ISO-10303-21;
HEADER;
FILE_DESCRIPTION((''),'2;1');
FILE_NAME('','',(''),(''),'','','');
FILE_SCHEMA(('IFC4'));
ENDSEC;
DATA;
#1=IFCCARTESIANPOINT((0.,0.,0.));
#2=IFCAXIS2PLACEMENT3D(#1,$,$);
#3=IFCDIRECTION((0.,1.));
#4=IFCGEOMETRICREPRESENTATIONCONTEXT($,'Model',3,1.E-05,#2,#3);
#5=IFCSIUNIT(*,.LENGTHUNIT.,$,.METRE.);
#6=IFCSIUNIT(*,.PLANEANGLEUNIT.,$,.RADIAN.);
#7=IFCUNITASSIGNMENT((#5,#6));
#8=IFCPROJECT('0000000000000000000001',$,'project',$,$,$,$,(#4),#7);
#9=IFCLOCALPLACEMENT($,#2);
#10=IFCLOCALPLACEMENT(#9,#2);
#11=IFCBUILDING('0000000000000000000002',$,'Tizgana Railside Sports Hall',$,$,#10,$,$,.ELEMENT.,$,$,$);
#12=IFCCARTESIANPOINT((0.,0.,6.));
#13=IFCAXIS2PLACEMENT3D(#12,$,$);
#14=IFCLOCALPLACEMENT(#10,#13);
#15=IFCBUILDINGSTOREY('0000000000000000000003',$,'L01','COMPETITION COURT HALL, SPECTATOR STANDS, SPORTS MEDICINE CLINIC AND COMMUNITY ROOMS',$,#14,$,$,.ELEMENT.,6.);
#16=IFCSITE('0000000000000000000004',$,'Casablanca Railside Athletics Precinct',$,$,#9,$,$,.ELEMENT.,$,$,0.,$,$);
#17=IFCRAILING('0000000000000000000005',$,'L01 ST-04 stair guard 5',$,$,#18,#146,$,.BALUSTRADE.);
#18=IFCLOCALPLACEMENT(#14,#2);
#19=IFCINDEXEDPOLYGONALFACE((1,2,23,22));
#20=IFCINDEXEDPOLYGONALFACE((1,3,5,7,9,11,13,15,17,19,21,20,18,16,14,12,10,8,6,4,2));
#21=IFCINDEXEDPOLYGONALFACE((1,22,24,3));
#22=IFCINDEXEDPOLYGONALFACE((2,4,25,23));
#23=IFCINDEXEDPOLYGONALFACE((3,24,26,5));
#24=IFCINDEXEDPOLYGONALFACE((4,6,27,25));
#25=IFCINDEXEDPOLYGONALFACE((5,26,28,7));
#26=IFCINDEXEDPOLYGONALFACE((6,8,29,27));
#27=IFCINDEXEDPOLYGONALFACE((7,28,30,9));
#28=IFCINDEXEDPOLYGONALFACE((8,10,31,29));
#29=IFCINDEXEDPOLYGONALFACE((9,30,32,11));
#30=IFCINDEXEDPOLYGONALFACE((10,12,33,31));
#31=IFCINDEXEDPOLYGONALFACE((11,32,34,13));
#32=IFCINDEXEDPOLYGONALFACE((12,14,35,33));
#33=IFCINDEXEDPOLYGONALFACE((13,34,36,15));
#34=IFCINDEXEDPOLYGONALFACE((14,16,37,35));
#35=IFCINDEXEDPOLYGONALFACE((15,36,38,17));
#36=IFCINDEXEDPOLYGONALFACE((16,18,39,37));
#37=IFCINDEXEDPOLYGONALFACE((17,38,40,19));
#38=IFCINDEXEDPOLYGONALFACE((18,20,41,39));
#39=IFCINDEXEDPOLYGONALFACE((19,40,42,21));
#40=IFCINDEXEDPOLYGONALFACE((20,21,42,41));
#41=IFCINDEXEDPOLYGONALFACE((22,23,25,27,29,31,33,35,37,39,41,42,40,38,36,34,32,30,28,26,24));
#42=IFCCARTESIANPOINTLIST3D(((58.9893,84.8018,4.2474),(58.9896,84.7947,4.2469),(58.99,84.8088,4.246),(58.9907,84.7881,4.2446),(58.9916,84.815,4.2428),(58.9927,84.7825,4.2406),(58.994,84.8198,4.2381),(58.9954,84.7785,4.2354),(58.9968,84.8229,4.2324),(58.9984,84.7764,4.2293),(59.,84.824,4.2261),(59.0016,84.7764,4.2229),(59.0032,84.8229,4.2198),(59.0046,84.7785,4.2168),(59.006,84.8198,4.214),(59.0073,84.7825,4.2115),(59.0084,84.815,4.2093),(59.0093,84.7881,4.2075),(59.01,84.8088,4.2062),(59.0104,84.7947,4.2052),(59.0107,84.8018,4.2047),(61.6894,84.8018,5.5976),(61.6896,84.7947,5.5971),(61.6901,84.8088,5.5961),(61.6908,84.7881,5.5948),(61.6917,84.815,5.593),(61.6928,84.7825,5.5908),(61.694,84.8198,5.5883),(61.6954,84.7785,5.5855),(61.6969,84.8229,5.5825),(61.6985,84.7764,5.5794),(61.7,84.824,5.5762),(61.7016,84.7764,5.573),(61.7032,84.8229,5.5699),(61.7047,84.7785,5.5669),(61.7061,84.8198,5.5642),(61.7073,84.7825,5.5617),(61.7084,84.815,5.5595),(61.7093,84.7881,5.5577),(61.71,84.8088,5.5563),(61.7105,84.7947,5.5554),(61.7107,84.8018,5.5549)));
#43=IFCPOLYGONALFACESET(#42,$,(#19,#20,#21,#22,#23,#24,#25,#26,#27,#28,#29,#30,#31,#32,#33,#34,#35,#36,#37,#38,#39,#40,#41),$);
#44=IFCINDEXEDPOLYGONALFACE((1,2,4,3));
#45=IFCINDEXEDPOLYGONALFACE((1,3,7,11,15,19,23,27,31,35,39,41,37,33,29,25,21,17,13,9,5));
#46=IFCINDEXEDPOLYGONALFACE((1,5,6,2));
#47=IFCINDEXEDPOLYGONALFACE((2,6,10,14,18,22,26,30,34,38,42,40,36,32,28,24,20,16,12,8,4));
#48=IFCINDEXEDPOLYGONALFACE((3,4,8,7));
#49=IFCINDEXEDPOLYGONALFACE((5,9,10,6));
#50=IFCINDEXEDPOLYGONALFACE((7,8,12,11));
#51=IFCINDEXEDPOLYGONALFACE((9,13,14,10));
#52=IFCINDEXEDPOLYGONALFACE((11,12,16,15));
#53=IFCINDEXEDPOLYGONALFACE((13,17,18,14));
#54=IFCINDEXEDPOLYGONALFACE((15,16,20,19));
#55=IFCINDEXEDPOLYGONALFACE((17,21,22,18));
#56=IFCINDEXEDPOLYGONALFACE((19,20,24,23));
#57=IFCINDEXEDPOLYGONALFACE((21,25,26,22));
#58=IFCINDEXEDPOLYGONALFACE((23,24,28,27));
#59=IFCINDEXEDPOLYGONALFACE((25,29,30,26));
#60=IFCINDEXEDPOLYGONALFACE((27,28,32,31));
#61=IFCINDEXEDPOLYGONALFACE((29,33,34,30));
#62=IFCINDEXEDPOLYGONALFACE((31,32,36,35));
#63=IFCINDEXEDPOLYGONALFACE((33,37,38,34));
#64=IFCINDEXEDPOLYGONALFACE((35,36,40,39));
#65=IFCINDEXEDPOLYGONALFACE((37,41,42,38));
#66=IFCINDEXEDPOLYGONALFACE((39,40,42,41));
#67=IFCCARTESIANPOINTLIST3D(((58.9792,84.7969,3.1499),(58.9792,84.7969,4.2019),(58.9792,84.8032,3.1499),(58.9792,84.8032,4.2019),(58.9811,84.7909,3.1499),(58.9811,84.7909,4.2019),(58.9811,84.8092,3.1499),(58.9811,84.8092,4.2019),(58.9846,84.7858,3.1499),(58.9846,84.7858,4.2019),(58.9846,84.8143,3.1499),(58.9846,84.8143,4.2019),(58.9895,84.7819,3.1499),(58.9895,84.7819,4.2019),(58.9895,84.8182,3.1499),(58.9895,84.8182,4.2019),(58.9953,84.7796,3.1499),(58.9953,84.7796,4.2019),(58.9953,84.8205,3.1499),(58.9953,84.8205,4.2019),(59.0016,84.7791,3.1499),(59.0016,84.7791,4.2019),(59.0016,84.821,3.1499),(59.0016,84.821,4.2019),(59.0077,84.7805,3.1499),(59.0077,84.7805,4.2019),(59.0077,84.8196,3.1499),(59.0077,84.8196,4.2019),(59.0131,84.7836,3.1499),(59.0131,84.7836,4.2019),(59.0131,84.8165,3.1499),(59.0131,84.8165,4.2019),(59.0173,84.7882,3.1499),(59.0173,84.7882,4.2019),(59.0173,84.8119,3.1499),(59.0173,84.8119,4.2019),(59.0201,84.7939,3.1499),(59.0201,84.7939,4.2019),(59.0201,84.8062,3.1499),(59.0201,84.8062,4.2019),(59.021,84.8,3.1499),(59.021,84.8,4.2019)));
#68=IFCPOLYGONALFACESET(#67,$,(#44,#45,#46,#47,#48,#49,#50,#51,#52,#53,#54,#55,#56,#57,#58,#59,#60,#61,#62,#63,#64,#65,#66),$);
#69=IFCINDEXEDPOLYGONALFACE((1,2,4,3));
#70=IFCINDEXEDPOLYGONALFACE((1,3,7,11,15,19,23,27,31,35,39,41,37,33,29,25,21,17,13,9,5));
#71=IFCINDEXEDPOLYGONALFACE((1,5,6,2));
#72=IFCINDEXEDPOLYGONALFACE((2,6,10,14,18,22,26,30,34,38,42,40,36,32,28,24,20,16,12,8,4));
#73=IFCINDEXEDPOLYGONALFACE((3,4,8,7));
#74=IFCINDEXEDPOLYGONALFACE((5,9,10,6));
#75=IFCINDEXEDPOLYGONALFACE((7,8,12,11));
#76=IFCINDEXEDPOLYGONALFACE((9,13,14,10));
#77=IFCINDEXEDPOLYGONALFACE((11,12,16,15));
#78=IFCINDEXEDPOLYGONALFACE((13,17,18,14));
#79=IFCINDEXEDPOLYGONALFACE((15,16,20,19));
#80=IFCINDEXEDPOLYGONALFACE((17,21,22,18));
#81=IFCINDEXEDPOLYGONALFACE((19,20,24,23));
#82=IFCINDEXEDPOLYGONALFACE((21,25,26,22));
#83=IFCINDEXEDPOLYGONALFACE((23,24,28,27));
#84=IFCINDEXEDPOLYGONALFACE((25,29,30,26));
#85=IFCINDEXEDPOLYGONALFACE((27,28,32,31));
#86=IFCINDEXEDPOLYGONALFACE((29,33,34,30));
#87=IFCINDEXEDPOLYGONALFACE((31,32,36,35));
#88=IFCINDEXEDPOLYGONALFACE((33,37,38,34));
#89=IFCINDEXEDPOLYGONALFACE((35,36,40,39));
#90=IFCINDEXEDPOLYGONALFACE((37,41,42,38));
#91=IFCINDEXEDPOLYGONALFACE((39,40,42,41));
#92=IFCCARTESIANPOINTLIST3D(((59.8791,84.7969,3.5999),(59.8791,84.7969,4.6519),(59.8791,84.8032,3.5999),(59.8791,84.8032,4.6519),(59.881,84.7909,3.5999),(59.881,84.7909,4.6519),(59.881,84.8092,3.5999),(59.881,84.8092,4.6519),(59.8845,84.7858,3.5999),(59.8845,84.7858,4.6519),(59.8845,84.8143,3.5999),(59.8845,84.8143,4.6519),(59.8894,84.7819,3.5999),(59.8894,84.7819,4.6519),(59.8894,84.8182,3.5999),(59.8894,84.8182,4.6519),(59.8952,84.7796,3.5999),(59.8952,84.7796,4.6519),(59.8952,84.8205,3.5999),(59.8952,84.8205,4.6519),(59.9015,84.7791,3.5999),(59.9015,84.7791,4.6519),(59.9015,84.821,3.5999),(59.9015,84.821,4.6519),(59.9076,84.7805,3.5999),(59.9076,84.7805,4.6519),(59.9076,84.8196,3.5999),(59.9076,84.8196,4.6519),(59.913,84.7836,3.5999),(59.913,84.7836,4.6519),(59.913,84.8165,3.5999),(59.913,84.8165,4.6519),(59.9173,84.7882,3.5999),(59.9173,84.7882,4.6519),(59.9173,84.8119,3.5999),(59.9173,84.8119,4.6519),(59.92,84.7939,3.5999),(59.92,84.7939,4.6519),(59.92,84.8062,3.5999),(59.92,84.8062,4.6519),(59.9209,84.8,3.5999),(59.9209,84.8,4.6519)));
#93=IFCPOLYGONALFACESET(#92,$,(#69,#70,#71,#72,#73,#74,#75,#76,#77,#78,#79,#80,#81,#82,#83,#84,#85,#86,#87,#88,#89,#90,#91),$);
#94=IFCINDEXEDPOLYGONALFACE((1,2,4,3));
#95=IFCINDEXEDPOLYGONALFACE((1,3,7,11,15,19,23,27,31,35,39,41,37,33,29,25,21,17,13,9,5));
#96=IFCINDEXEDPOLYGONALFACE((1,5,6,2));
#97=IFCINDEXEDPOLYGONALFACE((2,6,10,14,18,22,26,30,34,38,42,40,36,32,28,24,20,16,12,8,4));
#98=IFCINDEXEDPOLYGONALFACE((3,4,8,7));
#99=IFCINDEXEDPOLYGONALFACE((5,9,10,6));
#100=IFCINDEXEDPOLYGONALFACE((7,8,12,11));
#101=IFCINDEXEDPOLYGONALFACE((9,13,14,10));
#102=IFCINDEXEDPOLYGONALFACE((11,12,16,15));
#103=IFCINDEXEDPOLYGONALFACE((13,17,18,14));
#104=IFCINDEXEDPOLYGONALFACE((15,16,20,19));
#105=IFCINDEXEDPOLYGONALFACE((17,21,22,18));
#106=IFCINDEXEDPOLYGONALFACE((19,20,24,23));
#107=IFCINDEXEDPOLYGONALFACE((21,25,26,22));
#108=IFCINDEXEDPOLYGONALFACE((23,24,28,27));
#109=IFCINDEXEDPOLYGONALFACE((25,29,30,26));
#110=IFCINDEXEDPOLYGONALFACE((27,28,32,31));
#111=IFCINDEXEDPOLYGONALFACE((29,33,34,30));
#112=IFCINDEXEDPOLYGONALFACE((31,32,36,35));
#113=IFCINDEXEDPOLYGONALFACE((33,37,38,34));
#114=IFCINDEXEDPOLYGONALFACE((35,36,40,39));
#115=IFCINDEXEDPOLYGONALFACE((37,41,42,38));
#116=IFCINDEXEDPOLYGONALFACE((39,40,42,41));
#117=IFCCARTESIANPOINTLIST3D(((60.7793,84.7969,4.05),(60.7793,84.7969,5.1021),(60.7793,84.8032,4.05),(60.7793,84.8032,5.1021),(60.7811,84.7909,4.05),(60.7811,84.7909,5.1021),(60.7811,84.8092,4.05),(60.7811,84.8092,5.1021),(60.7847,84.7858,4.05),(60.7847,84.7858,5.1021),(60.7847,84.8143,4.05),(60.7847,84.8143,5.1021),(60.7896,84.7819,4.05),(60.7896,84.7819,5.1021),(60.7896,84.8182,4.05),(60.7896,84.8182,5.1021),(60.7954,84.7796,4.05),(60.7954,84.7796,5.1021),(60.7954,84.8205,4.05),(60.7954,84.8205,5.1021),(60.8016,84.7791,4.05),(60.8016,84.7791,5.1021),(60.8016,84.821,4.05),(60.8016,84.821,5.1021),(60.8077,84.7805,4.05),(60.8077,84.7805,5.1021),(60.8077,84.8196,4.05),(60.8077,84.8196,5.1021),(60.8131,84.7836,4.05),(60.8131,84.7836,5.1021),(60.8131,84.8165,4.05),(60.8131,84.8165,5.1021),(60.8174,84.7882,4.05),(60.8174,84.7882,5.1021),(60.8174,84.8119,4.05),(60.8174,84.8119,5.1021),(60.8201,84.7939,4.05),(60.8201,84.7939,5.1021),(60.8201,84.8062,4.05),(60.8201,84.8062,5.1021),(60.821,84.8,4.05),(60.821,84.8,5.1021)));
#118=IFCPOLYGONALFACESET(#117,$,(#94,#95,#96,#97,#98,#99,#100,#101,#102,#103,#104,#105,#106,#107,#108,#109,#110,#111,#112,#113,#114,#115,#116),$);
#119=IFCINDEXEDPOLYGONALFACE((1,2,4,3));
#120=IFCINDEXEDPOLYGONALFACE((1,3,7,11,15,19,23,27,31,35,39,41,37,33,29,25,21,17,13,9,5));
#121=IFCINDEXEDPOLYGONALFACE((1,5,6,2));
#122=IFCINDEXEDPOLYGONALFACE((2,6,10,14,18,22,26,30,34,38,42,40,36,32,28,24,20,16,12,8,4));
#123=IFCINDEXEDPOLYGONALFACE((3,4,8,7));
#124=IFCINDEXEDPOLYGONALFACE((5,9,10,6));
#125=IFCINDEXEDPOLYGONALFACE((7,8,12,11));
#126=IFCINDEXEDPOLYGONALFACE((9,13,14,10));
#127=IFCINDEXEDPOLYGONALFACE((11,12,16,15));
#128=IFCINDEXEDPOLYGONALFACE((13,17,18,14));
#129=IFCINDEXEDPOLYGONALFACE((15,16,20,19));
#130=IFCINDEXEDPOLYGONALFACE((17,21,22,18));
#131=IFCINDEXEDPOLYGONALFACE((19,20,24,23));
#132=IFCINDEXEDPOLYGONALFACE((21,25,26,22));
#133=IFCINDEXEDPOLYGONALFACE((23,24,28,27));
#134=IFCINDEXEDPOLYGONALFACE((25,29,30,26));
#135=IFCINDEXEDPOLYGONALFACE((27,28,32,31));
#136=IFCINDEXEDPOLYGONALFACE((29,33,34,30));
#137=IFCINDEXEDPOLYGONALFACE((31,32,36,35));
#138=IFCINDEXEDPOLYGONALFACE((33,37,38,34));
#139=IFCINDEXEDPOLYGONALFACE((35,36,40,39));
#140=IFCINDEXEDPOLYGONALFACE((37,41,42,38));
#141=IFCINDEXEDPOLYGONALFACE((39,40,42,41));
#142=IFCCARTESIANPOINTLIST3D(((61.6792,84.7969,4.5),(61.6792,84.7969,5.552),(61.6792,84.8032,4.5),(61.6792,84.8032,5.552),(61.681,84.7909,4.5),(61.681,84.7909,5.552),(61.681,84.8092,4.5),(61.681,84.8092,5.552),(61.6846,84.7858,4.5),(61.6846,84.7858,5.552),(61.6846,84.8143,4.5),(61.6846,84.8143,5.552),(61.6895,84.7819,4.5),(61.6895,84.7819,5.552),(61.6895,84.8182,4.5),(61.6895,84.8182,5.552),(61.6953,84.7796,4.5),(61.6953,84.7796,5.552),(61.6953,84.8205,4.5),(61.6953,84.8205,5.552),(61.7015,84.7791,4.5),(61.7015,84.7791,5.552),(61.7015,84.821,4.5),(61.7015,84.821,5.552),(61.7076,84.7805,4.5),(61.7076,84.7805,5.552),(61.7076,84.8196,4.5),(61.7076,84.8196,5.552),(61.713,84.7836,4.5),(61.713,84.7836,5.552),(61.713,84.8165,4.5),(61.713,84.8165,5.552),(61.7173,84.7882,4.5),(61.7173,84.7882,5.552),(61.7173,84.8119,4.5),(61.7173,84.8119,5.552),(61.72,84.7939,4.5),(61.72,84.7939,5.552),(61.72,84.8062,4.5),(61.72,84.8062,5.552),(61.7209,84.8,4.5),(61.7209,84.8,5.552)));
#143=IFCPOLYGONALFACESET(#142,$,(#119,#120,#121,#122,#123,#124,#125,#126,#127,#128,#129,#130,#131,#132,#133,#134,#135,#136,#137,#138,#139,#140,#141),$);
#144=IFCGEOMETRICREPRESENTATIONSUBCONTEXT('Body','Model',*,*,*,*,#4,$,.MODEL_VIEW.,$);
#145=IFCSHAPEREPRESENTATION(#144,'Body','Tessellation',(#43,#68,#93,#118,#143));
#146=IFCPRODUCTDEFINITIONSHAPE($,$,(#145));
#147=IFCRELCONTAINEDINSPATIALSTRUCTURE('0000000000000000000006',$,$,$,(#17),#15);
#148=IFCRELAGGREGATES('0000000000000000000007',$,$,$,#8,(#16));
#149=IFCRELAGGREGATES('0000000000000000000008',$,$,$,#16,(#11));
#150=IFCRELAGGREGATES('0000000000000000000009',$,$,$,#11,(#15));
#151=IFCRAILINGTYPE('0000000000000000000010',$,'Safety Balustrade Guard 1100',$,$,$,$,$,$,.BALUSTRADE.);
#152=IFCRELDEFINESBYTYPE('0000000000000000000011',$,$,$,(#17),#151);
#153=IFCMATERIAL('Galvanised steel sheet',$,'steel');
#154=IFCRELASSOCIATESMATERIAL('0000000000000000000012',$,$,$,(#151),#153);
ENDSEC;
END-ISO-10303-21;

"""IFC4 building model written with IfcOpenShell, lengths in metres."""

from ifc_helpers import new_model, si_unit, direction, frame, origin, origin_2d, place, context, subcontext, project, spatial, circle, extrude, material, type_object, element, save


model = new_model("IFC4")

# Units and contexts
model_context = context("Model", 3, precision=1e-05, world=origin(), true_north=direction((0.0, 1.0)))
body_context = subcontext(model_context, "Body", "Model", "MODEL_VIEW")
ifc_project = project(units=[si_unit("LENGTHUNIT", "METRE"), si_unit("PLANEANGLEUNIT", "RADIAN")], contexts=[model_context])

# Site, building, storey
site_placement = place(None, origin())
site = spatial("IfcSite", under=ifc_project, at=site_placement, Name="Casablanca Railside Athletics Precinct", CompositionType="ELEMENT", RefElevation=0.0)
building_placement = place(site_placement, origin())
building = spatial("IfcBuilding", under=site, at=building_placement, Name="Tizgana Railside Sports Hall", CompositionType="ELEMENT")
storey_placement = place(building_placement, frame((0.0, 0.0, 6.0)))
storey = spatial("IfcBuildingStorey", under=building, at=storey_placement, Name="L01", Description="COMPETITION COURT HALL, SPECTATOR STANDS, SPORTS MEDICINE CLINIC AND COMMUNITY ROOMS", CompositionType="ELEMENT", Elevation=6.0)

# Railing
ifc_material_1 = material(Name="Galvanised steel sheet", Category="steel")
railing_type_1 = type_object("IfcRailingType", Name="Safety Balustrade Guard 1100", PredefinedType="BALUSTRADE", material=ifc_material_1)
railing_1_placement = place(storey_placement, frame((59.0, 84.8, 3.1499)))
element("IfcRailing", 1, at=railing_1_placement, inside=storey, type_object=railing_type_1, Name="L01 ST-04 stair guard 5", PredefinedType="BALUSTRADE", context=body_context, shape_type="SweptSolid", body=[
    extrude(circle(Radius=0.0239, at=origin_2d()), frame((0.0, 0.0, 1.0762), z_axis=(0.894411, 0.0, 0.447246), x_axis=(0.0, 1.0, 0.0)), (0.0, 0.0, 1.0), 3.0188),
    extrude(circle(Radius=0.021, at=origin_2d()), origin(), (0.0, 0.0, 1.0), 1.052),
    extrude(circle(Radius=0.021, at=origin_2d()), frame((0.8999, 0.0, 0.45)), (0.0, 0.0, 1.0), 1.052),
    extrude(circle(Radius=0.021, at=origin_2d()), frame((1.8, 0.0, 0.9001)), (0.0, 0.0, 1.0), 1.052),
    extrude(circle(Radius=0.021, at=origin_2d()), frame((2.7, 0.0, 1.3501)), (0.0, 0.0, 1.0), 1.052),
])

save(model, "model.ifc")
